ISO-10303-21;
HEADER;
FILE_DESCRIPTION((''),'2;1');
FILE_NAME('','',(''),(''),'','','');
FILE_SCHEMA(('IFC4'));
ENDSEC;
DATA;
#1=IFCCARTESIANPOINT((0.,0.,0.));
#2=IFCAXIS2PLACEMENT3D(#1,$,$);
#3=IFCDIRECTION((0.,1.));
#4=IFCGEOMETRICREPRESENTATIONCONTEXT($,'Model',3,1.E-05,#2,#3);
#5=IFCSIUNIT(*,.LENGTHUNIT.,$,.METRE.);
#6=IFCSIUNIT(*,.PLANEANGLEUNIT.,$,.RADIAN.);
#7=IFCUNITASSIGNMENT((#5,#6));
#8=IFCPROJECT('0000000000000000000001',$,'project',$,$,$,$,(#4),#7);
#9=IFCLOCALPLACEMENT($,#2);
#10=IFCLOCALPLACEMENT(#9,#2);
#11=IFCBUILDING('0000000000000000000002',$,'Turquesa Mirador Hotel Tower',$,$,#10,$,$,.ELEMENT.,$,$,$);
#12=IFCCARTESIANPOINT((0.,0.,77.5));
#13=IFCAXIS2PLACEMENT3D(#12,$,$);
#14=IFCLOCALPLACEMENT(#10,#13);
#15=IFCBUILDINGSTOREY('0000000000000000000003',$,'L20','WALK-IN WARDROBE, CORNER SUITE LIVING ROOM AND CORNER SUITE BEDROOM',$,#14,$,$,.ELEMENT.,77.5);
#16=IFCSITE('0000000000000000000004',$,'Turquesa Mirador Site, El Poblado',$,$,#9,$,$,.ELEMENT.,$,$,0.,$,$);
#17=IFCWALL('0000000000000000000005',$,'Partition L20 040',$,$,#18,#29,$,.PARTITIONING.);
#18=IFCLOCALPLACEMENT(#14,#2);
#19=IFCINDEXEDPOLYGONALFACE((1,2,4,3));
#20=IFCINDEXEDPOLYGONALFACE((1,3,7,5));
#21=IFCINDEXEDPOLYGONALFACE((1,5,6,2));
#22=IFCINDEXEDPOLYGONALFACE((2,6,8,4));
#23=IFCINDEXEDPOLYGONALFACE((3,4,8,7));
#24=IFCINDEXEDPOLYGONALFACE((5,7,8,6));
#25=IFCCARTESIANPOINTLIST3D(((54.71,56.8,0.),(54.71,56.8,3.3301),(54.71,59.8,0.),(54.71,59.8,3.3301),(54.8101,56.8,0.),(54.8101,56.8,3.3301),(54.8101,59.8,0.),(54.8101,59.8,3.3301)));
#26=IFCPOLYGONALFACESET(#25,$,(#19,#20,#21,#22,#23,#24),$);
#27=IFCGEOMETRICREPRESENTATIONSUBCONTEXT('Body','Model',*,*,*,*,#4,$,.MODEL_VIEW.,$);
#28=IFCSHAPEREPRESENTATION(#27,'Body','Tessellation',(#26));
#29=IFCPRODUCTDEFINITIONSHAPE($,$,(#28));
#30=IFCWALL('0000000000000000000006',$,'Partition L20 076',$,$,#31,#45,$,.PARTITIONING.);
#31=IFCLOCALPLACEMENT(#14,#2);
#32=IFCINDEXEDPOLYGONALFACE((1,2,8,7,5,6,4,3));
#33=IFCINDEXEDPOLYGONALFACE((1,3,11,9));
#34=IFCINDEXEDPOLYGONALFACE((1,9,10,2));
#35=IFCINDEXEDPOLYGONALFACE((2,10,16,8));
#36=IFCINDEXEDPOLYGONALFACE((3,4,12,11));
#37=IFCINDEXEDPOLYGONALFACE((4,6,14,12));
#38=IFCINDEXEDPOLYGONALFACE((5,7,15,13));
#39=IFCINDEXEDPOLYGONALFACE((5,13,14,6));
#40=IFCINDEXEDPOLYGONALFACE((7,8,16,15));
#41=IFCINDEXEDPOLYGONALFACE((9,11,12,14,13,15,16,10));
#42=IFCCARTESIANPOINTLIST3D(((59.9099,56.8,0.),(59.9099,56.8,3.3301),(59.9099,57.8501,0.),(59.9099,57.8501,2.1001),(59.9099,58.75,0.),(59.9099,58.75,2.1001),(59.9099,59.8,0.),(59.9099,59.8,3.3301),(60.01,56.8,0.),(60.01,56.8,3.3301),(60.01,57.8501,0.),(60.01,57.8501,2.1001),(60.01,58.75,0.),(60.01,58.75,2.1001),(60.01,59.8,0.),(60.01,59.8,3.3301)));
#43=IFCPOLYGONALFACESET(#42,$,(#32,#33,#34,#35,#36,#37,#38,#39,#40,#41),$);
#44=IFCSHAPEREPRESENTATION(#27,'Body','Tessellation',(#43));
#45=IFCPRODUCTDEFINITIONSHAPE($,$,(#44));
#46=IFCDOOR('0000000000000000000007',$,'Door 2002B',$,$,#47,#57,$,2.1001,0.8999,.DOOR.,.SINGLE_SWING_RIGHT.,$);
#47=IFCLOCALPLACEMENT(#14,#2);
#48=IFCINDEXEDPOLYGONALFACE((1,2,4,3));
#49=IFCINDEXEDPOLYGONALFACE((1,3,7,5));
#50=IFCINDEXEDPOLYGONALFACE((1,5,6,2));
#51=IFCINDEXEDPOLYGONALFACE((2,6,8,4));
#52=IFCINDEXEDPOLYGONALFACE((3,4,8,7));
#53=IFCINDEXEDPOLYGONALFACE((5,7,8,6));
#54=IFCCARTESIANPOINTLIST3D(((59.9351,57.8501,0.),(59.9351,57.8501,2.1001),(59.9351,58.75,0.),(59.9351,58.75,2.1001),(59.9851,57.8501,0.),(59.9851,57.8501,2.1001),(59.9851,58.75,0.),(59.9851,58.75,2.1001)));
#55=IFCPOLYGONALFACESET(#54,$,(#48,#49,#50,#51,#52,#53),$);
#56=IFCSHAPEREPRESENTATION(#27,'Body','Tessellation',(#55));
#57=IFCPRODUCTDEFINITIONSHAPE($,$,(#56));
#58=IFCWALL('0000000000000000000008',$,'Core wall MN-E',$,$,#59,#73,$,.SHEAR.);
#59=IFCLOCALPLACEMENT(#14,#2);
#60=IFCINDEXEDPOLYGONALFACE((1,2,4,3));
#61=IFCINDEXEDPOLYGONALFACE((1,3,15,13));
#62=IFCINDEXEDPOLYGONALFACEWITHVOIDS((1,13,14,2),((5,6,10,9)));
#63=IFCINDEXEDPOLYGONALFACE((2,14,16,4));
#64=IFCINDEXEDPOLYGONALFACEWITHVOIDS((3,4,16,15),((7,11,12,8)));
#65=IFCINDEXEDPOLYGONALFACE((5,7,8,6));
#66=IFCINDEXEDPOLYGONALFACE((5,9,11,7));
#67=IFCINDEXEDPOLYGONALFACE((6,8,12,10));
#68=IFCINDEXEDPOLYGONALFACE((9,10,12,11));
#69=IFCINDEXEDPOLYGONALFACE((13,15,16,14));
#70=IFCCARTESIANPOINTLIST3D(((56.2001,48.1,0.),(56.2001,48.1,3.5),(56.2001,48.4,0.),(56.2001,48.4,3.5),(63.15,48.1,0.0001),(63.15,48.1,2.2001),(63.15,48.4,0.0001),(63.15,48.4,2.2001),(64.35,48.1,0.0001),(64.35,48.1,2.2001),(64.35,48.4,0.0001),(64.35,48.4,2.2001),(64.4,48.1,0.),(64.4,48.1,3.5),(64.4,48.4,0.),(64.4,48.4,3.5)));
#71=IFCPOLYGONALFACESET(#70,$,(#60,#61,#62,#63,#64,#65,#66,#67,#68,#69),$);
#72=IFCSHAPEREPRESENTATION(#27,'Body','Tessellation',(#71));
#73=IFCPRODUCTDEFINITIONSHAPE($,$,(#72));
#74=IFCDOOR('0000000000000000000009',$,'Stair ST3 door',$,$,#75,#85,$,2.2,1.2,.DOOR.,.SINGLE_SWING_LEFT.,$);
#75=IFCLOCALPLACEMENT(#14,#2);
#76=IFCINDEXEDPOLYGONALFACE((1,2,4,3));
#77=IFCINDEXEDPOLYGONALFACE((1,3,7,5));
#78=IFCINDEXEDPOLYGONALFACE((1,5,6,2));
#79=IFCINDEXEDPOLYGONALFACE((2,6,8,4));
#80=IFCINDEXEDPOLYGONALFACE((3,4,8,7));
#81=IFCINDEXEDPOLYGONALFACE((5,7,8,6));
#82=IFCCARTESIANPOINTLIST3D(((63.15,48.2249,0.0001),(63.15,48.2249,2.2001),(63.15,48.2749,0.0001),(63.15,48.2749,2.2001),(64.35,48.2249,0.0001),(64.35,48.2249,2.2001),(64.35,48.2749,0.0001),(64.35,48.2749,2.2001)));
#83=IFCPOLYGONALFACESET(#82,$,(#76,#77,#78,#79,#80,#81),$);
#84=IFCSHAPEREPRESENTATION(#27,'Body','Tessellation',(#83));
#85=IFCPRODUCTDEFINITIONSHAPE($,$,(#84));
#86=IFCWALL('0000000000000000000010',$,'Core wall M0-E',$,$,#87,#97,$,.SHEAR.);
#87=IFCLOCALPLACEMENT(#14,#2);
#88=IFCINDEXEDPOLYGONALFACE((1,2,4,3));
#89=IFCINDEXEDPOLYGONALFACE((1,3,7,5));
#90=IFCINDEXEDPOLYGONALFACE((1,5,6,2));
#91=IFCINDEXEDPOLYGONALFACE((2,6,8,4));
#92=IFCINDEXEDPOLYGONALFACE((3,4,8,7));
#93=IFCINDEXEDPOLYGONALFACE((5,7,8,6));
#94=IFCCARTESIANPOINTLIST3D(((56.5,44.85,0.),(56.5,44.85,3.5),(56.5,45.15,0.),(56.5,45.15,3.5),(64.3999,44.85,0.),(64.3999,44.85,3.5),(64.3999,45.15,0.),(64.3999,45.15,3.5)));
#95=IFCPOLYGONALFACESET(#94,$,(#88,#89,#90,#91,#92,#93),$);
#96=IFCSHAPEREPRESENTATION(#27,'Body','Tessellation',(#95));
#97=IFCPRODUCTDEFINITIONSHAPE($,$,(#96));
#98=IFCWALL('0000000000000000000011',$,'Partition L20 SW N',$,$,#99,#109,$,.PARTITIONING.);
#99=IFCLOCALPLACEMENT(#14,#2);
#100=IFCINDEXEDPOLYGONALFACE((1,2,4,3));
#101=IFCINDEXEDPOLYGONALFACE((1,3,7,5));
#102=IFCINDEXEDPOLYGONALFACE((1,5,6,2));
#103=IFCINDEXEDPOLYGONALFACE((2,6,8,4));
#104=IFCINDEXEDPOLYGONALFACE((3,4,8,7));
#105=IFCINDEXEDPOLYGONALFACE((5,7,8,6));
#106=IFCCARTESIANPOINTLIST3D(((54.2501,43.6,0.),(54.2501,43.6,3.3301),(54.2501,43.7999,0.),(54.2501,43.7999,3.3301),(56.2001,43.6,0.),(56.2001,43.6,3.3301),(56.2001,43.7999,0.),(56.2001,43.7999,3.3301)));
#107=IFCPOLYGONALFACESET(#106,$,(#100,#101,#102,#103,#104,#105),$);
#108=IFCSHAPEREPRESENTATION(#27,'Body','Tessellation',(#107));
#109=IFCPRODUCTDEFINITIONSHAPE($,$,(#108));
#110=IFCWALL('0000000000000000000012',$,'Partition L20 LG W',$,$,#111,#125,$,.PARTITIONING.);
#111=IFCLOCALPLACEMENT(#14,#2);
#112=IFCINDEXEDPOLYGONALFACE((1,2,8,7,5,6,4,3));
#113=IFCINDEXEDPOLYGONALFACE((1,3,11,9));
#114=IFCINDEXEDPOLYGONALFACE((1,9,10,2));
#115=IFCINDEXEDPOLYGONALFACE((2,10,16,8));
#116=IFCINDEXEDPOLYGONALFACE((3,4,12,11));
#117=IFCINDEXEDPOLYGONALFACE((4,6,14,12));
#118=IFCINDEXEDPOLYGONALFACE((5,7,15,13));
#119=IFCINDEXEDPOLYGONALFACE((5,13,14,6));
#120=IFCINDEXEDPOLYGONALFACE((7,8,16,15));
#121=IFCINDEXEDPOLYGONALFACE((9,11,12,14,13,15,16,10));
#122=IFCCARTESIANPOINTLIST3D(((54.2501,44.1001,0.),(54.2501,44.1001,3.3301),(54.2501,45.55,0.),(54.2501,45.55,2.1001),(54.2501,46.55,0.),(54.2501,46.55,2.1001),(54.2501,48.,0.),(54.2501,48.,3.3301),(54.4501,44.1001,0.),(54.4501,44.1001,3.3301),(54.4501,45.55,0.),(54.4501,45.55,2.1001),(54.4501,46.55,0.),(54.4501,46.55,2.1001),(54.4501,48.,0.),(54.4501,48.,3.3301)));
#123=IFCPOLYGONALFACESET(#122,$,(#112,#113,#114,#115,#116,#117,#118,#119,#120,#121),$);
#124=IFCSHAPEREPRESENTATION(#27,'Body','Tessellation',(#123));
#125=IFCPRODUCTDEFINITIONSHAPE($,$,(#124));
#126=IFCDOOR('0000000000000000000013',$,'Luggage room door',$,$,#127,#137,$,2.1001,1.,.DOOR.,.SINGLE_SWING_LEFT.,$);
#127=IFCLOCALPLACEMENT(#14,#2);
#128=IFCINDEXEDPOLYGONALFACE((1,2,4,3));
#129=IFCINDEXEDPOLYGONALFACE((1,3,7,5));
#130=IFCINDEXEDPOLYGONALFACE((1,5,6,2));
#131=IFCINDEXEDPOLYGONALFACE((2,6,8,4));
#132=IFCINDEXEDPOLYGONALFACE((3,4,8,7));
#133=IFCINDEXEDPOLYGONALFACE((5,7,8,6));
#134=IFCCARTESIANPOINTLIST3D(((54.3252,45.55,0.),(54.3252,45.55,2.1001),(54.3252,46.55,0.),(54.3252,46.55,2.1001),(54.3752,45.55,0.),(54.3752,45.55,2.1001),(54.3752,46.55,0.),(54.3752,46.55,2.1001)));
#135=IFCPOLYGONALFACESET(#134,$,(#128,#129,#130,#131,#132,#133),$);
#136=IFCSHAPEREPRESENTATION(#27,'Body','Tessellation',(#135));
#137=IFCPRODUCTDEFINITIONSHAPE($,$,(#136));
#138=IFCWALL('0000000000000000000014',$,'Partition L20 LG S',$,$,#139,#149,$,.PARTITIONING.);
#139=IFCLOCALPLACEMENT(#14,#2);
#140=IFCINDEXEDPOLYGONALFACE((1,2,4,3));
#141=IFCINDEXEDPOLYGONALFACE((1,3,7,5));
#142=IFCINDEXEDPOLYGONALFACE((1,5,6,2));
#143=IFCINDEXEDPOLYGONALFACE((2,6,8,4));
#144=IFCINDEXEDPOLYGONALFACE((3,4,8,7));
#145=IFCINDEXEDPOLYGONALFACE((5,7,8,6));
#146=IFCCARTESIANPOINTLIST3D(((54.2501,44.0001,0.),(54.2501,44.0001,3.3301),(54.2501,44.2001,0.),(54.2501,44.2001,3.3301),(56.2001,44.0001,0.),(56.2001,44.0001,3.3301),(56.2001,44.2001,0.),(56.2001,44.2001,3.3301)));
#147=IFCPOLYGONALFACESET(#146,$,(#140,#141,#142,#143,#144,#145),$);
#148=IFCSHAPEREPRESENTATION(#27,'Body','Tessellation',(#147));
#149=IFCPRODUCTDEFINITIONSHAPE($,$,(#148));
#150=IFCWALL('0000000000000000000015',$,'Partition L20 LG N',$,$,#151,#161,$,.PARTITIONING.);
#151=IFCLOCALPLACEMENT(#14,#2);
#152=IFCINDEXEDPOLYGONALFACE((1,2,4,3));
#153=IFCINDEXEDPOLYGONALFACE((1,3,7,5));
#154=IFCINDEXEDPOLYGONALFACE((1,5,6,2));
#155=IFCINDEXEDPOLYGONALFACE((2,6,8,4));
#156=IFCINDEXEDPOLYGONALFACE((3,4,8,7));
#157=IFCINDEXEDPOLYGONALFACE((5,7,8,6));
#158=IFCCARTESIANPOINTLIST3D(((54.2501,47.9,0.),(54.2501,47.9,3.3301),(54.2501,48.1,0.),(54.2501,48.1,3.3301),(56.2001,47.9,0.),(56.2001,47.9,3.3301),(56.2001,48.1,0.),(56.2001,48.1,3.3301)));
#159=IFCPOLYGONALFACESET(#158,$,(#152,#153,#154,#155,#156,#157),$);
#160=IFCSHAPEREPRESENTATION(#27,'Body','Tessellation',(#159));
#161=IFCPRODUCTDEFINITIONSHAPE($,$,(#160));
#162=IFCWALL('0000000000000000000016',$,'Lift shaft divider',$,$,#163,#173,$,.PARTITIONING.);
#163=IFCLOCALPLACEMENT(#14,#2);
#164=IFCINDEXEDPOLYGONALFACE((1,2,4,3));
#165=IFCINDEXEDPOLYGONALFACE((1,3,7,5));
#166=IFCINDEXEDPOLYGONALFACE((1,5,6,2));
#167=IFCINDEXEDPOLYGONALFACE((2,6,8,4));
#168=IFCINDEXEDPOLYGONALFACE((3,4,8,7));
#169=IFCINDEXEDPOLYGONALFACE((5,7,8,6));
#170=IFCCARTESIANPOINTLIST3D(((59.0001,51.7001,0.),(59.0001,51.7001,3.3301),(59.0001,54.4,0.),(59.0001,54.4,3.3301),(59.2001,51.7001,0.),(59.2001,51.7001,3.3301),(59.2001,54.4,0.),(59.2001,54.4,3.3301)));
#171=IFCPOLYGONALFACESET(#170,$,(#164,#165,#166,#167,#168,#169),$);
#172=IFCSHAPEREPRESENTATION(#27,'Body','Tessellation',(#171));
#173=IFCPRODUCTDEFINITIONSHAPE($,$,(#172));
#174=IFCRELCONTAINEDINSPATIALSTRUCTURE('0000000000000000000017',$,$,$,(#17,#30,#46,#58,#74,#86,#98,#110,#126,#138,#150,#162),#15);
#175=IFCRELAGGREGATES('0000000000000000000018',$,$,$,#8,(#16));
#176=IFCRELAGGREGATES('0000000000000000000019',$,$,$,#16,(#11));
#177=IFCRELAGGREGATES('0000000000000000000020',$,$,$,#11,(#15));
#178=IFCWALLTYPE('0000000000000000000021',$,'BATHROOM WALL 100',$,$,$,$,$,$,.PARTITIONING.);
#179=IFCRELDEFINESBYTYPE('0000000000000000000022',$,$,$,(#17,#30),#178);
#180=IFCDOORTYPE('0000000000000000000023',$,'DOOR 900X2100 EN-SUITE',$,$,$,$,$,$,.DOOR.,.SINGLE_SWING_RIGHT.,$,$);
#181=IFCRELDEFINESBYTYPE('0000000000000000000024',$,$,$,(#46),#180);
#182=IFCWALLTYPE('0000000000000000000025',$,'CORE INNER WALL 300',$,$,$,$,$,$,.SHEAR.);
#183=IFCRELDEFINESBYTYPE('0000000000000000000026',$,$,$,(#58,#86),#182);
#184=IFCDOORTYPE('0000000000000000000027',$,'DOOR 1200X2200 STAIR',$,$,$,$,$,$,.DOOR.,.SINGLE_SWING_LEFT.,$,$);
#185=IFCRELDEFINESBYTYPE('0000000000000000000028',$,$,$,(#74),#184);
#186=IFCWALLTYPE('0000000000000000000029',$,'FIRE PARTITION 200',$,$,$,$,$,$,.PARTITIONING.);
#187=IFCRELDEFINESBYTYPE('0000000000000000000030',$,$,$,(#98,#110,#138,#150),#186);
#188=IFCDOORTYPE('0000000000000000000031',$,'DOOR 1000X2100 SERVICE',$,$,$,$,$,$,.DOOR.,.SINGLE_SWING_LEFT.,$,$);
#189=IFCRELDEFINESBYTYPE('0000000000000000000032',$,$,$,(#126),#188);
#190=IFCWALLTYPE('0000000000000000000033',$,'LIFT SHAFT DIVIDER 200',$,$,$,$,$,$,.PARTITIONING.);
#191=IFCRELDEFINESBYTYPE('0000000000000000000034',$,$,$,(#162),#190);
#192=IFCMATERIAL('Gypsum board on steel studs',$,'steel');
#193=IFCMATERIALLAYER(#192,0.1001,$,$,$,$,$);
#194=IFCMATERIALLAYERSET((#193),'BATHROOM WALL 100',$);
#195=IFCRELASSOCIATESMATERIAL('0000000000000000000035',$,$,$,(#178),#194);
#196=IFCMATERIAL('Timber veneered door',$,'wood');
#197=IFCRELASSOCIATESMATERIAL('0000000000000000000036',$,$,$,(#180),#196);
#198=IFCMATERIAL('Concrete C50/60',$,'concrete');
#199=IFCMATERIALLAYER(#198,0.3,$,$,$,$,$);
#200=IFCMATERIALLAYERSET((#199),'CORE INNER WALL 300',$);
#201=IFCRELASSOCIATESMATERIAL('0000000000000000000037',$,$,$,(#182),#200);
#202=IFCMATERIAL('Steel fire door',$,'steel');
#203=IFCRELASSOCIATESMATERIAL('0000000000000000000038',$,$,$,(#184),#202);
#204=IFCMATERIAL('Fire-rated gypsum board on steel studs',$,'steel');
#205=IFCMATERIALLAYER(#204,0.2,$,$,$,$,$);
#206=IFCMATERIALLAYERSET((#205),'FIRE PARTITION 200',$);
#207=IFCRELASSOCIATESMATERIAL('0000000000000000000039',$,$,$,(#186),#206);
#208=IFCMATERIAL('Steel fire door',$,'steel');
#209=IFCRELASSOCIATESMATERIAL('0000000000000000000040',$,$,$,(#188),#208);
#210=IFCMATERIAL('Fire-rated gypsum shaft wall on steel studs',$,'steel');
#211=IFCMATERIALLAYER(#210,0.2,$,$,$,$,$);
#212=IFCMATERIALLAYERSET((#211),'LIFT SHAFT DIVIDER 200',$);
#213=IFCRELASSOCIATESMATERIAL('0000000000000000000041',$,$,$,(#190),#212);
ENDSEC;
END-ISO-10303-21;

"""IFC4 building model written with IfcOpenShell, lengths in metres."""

from ifc_helpers import new_model, si_unit, direction, frame, frame_2d, origin, place, context, subcontext, project, spatial, rectangle, extrude, material, layer, layer_set, type_object, element, fill, save


model = new_model("IFC4")

# Units and contexts
model_context = context("Model", 3, precision=1e-05, world=origin(), true_north=direction((0.0, 1.0)))
body_context = subcontext(model_context, "Body", "Model", "MODEL_VIEW")
ifc_project = project(units=[si_unit("LENGTHUNIT", "METRE"), si_unit("PLANEANGLEUNIT", "RADIAN")], contexts=[model_context])

# Site, building, storey
site_placement = place(None, origin())
site = spatial("IfcSite", under=ifc_project, at=site_placement, Name="Turquesa Mirador Site, El Poblado", CompositionType="ELEMENT", RefElevation=0.0)
building_placement = place(site_placement, origin())
building = spatial("IfcBuilding", under=site, at=building_placement, Name="Turquesa Mirador Hotel Tower", CompositionType="ELEMENT")
storey_placement = place(building_placement, frame((0.0, 0.0, 77.5)))
storey = spatial("IfcBuildingStorey", under=building, at=storey_placement, Name="L20", Description="WALK-IN WARDROBE, CORNER SUITE LIVING ROOM AND CORNER SUITE BEDROOM", CompositionType="ELEMENT", Elevation=77.5)

# Wall
ifc_material_1 = material(Name="Gypsum board on steel studs", Category="steel")
ifc_layer_1 = layer(ifc_material_1, 0.1001)
ifc_layer_set_1 = layer_set([ifc_layer_1], Name="BATHROOM WALL 100")
wall_type_1 = type_object("IfcWallType", Name="BATHROOM WALL 100", PredefinedType="PARTITIONING", material=ifc_layer_set_1)
wall_1_placement = place(storey_placement, frame((54.76, 56.8, 0.0), z_axis=(0.0, 0.0, 1.0), x_axis=(0.0, 1.0, 0.0)))
element("IfcWall", 1, at=wall_1_placement, inside=storey, type_object=wall_type_1, Name="Partition L20 040", PredefinedType="PARTITIONING", context=body_context, shape_type="SweptSolid", body=[
    extrude(rectangle(XDim=3.0, YDim=0.1001, at=frame_2d((1.5, 0.0))), origin(), (0.0, 0.0, 1.0), 3.3301),
])

# Walls, openings, doors
wall_2_placement = place(storey_placement, frame((59.96, 56.8, 0.0), z_axis=(0.0, 0.0, 1.0), x_axis=(0.0, 1.0, 0.0)))
wall_2 = element("IfcWall", 2, at=wall_2_placement, inside=storey, type_object=wall_type_1, Name="Partition L20 076", PredefinedType="PARTITIONING", context=body_context, shape_type="SweptSolid", body=[
    extrude(rectangle(XDim=3.0, YDim=0.1001, at=frame_2d((1.5, 0.0))), origin(), (0.0, 0.0, 1.0), 3.3301),
])
opening_1_placement = place(wall_2_placement, frame((1.05, 0.0, 0.0)))
opening_1 = element("IfcOpeningElement", 3, at=opening_1_placement, cuts=wall_2, PredefinedType="OPENING", context=body_context, shape_type="SweptSolid", body=[
    extrude(rectangle(XDim=0.8999, YDim=2.1001, at=frame_2d((0.45, 1.05))), frame((0.0, 0.0601, 0.0), z_axis=(0.0, -1.0, 0.0), x_axis=(1.0, 0.0, 0.0)), (0.0, 0.0, 1.0), 0.1201),
])
ifc_material_2 = material(Name="Timber veneered door", Category="wood")
door_type_1 = type_object("IfcDoorType", Name="DOOR 900X2100 EN-SUITE", OperationType="SINGLE_SWING_RIGHT", PredefinedType="DOOR", material=ifc_material_2)
door_1_placement = place(opening_1_placement, origin())
door_1 = element("IfcDoor", 4, at=door_1_placement, inside=storey, type_object=door_type_1, Name="Door 2002B", OperationType="SINGLE_SWING_RIGHT", OverallHeight=2.1001, OverallWidth=0.8999, PredefinedType="DOOR", context=body_context, shape_type="SweptSolid", body=[
    extrude(rectangle(XDim=0.8999, YDim=2.1001, at=frame_2d((0.45, 1.05))), frame((0.0, 0.0249, 0.0), z_axis=(0.0, -1.0, 0.0), x_axis=(1.0, 0.0, 0.0)), (0.0, 0.0, 1.0), 0.05),
])
fill(opening_1, door_1)
ifc_material_3 = material(Name="Concrete C50/60", Category="concrete")
ifc_layer_2 = layer(ifc_material_3, 0.3)
ifc_layer_set_2 = layer_set([ifc_layer_2], Name="CORE INNER WALL 300")
wall_type_2 = type_object("IfcWallType", Name="CORE INNER WALL 300", PredefinedType="SHEAR", material=ifc_layer_set_2)
wall_3_placement = place(storey_placement, frame((56.2, 48.25, 0.0), z_axis=(0.0, 0.0, 1.0), x_axis=(1.0, 0.0, 0.0)))
wall_3 = element("IfcWall", 5, at=wall_3_placement, inside=storey, type_object=wall_type_2, Name="Core wall MN-E", PredefinedType="SHEAR", context=body_context, shape_type="SweptSolid", body=[
    extrude(rectangle(XDim=8.2, YDim=0.3, at=frame_2d((4.1001, 0.0))), origin(), (0.0, 0.0, 1.0), 3.5),
])
opening_2_placement = place(wall_3_placement, frame((6.95, 0.0, 0.0)))
opening_2 = element("IfcOpeningElement", 6, at=opening_2_placement, cuts=wall_3, PredefinedType="OPENING", context=body_context, shape_type="SweptSolid", body=[
    extrude(rectangle(XDim=1.2, YDim=2.2, at=frame_2d((0.6001, 1.1001))), frame((0.0, 0.1599, 0.0), z_axis=(0.0, -1.0, 0.0), x_axis=(1.0, 0.0, 0.0)), (0.0, 0.0, 1.0), 0.3201),
])
ifc_material_4 = material(Name="Steel fire door", Category="steel")
door_type_2 = type_object("IfcDoorType", Name="DOOR 1200X2200 STAIR", OperationType="SINGLE_SWING_LEFT", PredefinedType="DOOR", material=ifc_material_4)
door_2_placement = place(opening_2_placement, origin())
door_2 = element("IfcDoor", 7, at=door_2_placement, inside=storey, type_object=door_type_2, Name="Stair ST3 door", OperationType="SINGLE_SWING_LEFT", OverallHeight=2.2, OverallWidth=1.2, PredefinedType="DOOR", context=body_context, shape_type="SweptSolid", body=[
    extrude(rectangle(XDim=1.2, YDim=2.2, at=frame_2d((0.6001, 1.1001))), frame((0.0, 0.0249, 0.0), z_axis=(0.0, -1.0, 0.0), x_axis=(1.0, 0.0, 0.0)), (0.0, 0.0, 1.0), 0.05),
])
fill(opening_2, door_2)

# Walls
wall_4_placement = place(storey_placement, frame((56.5, 45.0, 0.0), z_axis=(0.0, 0.0, 1.0), x_axis=(1.0, 0.0, 0.0)))
element("IfcWall", 8, at=wall_4_placement, inside=storey, type_object=wall_type_2, Name="Core wall M0-E", PredefinedType="SHEAR", context=body_context, shape_type="SweptSolid", body=[
    extrude(rectangle(XDim=7.8999, YDim=0.3, at=frame_2d((3.95, 0.0))), origin(), (0.0, 0.0, 1.0), 3.5),
])
ifc_material_5 = material(Name="Fire-rated gypsum board on steel studs", Category="steel")
ifc_layer_3 = layer(ifc_material_5, 0.2)
ifc_layer_set_3 = layer_set([ifc_layer_3], Name="FIRE PARTITION 200")
wall_type_3 = type_object("IfcWallType", Name="FIRE PARTITION 200", PredefinedType="PARTITIONING", material=ifc_layer_set_3)
wall_5_placement = place(storey_placement, frame((54.25, 43.7, 0.0), z_axis=(0.0, 0.0, 1.0), x_axis=(1.0, 0.0, 0.0)))
element("IfcWall", 9, at=wall_5_placement, inside=storey, type_object=wall_type_3, Name="Partition L20 SW N", PredefinedType="PARTITIONING", context=body_context, shape_type="SweptSolid", body=[
    extrude(rectangle(XDim=1.95, YDim=0.2, at=frame_2d((0.9751, 0.0))), origin(), (0.0, 0.0, 1.0), 3.3301),
])

# Wall, opening, door
wall_6_placement = place(storey_placement, frame((54.3501, 44.1001, 0.0), z_axis=(0.0, 0.0, 1.0), x_axis=(0.0, 1.0, 0.0)))
wall_6 = element("IfcWall", 10, at=wall_6_placement, inside=storey, type_object=wall_type_3, Name="Partition L20 LG W", PredefinedType="PARTITIONING", context=body_context, shape_type="SweptSolid", body=[
    extrude(rectangle(XDim=3.8999, YDim=0.2, at=frame_2d((1.95, 0.0))), origin(), (0.0, 0.0, 1.0), 3.3301),
])
opening_3_placement = place(wall_6_placement, frame((1.45, 0.0, 0.0)))
opening_3 = element("IfcOpeningElement", 11, at=opening_3_placement, cuts=wall_6, PredefinedType="OPENING", context=body_context, shape_type="SweptSolid", body=[
    extrude(rectangle(XDim=1.0, YDim=2.1001, at=frame_2d((0.5, 1.05))), frame((0.0, 0.1099, 0.0), z_axis=(0.0, -1.0, 0.0), x_axis=(1.0, 0.0, 0.0)), (0.0, 0.0, 1.0), 0.22),
])
ifc_material_6 = material(Name="Steel fire door", Category="steel")
door_type_3 = type_object("IfcDoorType", Name="DOOR 1000X2100 SERVICE", OperationType="SINGLE_SWING_LEFT", PredefinedType="DOOR", material=ifc_material_6)
door_3_placement = place(opening_3_placement, origin())
door_3 = element("IfcDoor", 12, at=door_3_placement, inside=storey, type_object=door_type_3, Name="Luggage room door", OperationType="SINGLE_SWING_LEFT", OverallHeight=2.1001, OverallWidth=1.0, PredefinedType="DOOR", context=body_context, shape_type="SweptSolid", body=[
    extrude(rectangle(XDim=1.0, YDim=2.1001, at=frame_2d((0.5, 1.05))), frame((0.0, 0.0249, 0.0), z_axis=(0.0, -1.0, 0.0), x_axis=(1.0, 0.0, 0.0)), (0.0, 0.0, 1.0), 0.05),
])
fill(opening_3, door_3)

# Walls
for number, where, z_axis, x_axis, name in (
    (13, (54.25, 44.1001, 0.0), (0.0, 0.0, 1.0), (1.0, 0.0, 0.0), "Partition L20 LG S"),
    (14, (54.25, 48.0, 0.0), (0.0, 0.0, 1.0), (1.0, 0.0, 0.0), "Partition L20 LG N"),
):
    element("IfcWall", number, at=place(storey_placement, frame(where, z_axis=z_axis, x_axis=x_axis)), inside=storey, type_object=wall_type_3, Name=name, PredefinedType="PARTITIONING", context=body_context, shape_type="SweptSolid", body=[
        extrude(rectangle(XDim=1.95, YDim=0.2, at=frame_2d((0.9751, 0.0))), origin(), (0.0, 0.0, 1.0), 3.3301),
    ])
ifc_material_7 = material(Name="Fire-rated gypsum shaft wall on steel studs", Category="steel")
ifc_layer_4 = layer(ifc_material_7, 0.2)
ifc_layer_set_4 = layer_set([ifc_layer_4], Name="LIFT SHAFT DIVIDER 200")
wall_type_4 = type_object("IfcWallType", Name="LIFT SHAFT DIVIDER 200", PredefinedType="PARTITIONING", material=ifc_layer_set_4)
for number, where, z_axis, x_axis, name in (
    (15, (59.1001, 51.7, 0.0), (0.0, 0.0, 1.0), (0.0, 1.0, 0.0), "Lift shaft divider"),
):
    element("IfcWall", number, at=place(storey_placement, frame(where, z_axis=z_axis, x_axis=x_axis)), inside=storey, type_object=wall_type_4, Name=name, PredefinedType="PARTITIONING", context=body_context, shape_type="SweptSolid", body=[
        extrude(rectangle(XDim=2.7, YDim=0.2, at=frame_2d((1.3501, 0.0))), origin(), (0.0, 0.0, 1.0), 3.3301),
    ])

save(model, "model.ifc")
